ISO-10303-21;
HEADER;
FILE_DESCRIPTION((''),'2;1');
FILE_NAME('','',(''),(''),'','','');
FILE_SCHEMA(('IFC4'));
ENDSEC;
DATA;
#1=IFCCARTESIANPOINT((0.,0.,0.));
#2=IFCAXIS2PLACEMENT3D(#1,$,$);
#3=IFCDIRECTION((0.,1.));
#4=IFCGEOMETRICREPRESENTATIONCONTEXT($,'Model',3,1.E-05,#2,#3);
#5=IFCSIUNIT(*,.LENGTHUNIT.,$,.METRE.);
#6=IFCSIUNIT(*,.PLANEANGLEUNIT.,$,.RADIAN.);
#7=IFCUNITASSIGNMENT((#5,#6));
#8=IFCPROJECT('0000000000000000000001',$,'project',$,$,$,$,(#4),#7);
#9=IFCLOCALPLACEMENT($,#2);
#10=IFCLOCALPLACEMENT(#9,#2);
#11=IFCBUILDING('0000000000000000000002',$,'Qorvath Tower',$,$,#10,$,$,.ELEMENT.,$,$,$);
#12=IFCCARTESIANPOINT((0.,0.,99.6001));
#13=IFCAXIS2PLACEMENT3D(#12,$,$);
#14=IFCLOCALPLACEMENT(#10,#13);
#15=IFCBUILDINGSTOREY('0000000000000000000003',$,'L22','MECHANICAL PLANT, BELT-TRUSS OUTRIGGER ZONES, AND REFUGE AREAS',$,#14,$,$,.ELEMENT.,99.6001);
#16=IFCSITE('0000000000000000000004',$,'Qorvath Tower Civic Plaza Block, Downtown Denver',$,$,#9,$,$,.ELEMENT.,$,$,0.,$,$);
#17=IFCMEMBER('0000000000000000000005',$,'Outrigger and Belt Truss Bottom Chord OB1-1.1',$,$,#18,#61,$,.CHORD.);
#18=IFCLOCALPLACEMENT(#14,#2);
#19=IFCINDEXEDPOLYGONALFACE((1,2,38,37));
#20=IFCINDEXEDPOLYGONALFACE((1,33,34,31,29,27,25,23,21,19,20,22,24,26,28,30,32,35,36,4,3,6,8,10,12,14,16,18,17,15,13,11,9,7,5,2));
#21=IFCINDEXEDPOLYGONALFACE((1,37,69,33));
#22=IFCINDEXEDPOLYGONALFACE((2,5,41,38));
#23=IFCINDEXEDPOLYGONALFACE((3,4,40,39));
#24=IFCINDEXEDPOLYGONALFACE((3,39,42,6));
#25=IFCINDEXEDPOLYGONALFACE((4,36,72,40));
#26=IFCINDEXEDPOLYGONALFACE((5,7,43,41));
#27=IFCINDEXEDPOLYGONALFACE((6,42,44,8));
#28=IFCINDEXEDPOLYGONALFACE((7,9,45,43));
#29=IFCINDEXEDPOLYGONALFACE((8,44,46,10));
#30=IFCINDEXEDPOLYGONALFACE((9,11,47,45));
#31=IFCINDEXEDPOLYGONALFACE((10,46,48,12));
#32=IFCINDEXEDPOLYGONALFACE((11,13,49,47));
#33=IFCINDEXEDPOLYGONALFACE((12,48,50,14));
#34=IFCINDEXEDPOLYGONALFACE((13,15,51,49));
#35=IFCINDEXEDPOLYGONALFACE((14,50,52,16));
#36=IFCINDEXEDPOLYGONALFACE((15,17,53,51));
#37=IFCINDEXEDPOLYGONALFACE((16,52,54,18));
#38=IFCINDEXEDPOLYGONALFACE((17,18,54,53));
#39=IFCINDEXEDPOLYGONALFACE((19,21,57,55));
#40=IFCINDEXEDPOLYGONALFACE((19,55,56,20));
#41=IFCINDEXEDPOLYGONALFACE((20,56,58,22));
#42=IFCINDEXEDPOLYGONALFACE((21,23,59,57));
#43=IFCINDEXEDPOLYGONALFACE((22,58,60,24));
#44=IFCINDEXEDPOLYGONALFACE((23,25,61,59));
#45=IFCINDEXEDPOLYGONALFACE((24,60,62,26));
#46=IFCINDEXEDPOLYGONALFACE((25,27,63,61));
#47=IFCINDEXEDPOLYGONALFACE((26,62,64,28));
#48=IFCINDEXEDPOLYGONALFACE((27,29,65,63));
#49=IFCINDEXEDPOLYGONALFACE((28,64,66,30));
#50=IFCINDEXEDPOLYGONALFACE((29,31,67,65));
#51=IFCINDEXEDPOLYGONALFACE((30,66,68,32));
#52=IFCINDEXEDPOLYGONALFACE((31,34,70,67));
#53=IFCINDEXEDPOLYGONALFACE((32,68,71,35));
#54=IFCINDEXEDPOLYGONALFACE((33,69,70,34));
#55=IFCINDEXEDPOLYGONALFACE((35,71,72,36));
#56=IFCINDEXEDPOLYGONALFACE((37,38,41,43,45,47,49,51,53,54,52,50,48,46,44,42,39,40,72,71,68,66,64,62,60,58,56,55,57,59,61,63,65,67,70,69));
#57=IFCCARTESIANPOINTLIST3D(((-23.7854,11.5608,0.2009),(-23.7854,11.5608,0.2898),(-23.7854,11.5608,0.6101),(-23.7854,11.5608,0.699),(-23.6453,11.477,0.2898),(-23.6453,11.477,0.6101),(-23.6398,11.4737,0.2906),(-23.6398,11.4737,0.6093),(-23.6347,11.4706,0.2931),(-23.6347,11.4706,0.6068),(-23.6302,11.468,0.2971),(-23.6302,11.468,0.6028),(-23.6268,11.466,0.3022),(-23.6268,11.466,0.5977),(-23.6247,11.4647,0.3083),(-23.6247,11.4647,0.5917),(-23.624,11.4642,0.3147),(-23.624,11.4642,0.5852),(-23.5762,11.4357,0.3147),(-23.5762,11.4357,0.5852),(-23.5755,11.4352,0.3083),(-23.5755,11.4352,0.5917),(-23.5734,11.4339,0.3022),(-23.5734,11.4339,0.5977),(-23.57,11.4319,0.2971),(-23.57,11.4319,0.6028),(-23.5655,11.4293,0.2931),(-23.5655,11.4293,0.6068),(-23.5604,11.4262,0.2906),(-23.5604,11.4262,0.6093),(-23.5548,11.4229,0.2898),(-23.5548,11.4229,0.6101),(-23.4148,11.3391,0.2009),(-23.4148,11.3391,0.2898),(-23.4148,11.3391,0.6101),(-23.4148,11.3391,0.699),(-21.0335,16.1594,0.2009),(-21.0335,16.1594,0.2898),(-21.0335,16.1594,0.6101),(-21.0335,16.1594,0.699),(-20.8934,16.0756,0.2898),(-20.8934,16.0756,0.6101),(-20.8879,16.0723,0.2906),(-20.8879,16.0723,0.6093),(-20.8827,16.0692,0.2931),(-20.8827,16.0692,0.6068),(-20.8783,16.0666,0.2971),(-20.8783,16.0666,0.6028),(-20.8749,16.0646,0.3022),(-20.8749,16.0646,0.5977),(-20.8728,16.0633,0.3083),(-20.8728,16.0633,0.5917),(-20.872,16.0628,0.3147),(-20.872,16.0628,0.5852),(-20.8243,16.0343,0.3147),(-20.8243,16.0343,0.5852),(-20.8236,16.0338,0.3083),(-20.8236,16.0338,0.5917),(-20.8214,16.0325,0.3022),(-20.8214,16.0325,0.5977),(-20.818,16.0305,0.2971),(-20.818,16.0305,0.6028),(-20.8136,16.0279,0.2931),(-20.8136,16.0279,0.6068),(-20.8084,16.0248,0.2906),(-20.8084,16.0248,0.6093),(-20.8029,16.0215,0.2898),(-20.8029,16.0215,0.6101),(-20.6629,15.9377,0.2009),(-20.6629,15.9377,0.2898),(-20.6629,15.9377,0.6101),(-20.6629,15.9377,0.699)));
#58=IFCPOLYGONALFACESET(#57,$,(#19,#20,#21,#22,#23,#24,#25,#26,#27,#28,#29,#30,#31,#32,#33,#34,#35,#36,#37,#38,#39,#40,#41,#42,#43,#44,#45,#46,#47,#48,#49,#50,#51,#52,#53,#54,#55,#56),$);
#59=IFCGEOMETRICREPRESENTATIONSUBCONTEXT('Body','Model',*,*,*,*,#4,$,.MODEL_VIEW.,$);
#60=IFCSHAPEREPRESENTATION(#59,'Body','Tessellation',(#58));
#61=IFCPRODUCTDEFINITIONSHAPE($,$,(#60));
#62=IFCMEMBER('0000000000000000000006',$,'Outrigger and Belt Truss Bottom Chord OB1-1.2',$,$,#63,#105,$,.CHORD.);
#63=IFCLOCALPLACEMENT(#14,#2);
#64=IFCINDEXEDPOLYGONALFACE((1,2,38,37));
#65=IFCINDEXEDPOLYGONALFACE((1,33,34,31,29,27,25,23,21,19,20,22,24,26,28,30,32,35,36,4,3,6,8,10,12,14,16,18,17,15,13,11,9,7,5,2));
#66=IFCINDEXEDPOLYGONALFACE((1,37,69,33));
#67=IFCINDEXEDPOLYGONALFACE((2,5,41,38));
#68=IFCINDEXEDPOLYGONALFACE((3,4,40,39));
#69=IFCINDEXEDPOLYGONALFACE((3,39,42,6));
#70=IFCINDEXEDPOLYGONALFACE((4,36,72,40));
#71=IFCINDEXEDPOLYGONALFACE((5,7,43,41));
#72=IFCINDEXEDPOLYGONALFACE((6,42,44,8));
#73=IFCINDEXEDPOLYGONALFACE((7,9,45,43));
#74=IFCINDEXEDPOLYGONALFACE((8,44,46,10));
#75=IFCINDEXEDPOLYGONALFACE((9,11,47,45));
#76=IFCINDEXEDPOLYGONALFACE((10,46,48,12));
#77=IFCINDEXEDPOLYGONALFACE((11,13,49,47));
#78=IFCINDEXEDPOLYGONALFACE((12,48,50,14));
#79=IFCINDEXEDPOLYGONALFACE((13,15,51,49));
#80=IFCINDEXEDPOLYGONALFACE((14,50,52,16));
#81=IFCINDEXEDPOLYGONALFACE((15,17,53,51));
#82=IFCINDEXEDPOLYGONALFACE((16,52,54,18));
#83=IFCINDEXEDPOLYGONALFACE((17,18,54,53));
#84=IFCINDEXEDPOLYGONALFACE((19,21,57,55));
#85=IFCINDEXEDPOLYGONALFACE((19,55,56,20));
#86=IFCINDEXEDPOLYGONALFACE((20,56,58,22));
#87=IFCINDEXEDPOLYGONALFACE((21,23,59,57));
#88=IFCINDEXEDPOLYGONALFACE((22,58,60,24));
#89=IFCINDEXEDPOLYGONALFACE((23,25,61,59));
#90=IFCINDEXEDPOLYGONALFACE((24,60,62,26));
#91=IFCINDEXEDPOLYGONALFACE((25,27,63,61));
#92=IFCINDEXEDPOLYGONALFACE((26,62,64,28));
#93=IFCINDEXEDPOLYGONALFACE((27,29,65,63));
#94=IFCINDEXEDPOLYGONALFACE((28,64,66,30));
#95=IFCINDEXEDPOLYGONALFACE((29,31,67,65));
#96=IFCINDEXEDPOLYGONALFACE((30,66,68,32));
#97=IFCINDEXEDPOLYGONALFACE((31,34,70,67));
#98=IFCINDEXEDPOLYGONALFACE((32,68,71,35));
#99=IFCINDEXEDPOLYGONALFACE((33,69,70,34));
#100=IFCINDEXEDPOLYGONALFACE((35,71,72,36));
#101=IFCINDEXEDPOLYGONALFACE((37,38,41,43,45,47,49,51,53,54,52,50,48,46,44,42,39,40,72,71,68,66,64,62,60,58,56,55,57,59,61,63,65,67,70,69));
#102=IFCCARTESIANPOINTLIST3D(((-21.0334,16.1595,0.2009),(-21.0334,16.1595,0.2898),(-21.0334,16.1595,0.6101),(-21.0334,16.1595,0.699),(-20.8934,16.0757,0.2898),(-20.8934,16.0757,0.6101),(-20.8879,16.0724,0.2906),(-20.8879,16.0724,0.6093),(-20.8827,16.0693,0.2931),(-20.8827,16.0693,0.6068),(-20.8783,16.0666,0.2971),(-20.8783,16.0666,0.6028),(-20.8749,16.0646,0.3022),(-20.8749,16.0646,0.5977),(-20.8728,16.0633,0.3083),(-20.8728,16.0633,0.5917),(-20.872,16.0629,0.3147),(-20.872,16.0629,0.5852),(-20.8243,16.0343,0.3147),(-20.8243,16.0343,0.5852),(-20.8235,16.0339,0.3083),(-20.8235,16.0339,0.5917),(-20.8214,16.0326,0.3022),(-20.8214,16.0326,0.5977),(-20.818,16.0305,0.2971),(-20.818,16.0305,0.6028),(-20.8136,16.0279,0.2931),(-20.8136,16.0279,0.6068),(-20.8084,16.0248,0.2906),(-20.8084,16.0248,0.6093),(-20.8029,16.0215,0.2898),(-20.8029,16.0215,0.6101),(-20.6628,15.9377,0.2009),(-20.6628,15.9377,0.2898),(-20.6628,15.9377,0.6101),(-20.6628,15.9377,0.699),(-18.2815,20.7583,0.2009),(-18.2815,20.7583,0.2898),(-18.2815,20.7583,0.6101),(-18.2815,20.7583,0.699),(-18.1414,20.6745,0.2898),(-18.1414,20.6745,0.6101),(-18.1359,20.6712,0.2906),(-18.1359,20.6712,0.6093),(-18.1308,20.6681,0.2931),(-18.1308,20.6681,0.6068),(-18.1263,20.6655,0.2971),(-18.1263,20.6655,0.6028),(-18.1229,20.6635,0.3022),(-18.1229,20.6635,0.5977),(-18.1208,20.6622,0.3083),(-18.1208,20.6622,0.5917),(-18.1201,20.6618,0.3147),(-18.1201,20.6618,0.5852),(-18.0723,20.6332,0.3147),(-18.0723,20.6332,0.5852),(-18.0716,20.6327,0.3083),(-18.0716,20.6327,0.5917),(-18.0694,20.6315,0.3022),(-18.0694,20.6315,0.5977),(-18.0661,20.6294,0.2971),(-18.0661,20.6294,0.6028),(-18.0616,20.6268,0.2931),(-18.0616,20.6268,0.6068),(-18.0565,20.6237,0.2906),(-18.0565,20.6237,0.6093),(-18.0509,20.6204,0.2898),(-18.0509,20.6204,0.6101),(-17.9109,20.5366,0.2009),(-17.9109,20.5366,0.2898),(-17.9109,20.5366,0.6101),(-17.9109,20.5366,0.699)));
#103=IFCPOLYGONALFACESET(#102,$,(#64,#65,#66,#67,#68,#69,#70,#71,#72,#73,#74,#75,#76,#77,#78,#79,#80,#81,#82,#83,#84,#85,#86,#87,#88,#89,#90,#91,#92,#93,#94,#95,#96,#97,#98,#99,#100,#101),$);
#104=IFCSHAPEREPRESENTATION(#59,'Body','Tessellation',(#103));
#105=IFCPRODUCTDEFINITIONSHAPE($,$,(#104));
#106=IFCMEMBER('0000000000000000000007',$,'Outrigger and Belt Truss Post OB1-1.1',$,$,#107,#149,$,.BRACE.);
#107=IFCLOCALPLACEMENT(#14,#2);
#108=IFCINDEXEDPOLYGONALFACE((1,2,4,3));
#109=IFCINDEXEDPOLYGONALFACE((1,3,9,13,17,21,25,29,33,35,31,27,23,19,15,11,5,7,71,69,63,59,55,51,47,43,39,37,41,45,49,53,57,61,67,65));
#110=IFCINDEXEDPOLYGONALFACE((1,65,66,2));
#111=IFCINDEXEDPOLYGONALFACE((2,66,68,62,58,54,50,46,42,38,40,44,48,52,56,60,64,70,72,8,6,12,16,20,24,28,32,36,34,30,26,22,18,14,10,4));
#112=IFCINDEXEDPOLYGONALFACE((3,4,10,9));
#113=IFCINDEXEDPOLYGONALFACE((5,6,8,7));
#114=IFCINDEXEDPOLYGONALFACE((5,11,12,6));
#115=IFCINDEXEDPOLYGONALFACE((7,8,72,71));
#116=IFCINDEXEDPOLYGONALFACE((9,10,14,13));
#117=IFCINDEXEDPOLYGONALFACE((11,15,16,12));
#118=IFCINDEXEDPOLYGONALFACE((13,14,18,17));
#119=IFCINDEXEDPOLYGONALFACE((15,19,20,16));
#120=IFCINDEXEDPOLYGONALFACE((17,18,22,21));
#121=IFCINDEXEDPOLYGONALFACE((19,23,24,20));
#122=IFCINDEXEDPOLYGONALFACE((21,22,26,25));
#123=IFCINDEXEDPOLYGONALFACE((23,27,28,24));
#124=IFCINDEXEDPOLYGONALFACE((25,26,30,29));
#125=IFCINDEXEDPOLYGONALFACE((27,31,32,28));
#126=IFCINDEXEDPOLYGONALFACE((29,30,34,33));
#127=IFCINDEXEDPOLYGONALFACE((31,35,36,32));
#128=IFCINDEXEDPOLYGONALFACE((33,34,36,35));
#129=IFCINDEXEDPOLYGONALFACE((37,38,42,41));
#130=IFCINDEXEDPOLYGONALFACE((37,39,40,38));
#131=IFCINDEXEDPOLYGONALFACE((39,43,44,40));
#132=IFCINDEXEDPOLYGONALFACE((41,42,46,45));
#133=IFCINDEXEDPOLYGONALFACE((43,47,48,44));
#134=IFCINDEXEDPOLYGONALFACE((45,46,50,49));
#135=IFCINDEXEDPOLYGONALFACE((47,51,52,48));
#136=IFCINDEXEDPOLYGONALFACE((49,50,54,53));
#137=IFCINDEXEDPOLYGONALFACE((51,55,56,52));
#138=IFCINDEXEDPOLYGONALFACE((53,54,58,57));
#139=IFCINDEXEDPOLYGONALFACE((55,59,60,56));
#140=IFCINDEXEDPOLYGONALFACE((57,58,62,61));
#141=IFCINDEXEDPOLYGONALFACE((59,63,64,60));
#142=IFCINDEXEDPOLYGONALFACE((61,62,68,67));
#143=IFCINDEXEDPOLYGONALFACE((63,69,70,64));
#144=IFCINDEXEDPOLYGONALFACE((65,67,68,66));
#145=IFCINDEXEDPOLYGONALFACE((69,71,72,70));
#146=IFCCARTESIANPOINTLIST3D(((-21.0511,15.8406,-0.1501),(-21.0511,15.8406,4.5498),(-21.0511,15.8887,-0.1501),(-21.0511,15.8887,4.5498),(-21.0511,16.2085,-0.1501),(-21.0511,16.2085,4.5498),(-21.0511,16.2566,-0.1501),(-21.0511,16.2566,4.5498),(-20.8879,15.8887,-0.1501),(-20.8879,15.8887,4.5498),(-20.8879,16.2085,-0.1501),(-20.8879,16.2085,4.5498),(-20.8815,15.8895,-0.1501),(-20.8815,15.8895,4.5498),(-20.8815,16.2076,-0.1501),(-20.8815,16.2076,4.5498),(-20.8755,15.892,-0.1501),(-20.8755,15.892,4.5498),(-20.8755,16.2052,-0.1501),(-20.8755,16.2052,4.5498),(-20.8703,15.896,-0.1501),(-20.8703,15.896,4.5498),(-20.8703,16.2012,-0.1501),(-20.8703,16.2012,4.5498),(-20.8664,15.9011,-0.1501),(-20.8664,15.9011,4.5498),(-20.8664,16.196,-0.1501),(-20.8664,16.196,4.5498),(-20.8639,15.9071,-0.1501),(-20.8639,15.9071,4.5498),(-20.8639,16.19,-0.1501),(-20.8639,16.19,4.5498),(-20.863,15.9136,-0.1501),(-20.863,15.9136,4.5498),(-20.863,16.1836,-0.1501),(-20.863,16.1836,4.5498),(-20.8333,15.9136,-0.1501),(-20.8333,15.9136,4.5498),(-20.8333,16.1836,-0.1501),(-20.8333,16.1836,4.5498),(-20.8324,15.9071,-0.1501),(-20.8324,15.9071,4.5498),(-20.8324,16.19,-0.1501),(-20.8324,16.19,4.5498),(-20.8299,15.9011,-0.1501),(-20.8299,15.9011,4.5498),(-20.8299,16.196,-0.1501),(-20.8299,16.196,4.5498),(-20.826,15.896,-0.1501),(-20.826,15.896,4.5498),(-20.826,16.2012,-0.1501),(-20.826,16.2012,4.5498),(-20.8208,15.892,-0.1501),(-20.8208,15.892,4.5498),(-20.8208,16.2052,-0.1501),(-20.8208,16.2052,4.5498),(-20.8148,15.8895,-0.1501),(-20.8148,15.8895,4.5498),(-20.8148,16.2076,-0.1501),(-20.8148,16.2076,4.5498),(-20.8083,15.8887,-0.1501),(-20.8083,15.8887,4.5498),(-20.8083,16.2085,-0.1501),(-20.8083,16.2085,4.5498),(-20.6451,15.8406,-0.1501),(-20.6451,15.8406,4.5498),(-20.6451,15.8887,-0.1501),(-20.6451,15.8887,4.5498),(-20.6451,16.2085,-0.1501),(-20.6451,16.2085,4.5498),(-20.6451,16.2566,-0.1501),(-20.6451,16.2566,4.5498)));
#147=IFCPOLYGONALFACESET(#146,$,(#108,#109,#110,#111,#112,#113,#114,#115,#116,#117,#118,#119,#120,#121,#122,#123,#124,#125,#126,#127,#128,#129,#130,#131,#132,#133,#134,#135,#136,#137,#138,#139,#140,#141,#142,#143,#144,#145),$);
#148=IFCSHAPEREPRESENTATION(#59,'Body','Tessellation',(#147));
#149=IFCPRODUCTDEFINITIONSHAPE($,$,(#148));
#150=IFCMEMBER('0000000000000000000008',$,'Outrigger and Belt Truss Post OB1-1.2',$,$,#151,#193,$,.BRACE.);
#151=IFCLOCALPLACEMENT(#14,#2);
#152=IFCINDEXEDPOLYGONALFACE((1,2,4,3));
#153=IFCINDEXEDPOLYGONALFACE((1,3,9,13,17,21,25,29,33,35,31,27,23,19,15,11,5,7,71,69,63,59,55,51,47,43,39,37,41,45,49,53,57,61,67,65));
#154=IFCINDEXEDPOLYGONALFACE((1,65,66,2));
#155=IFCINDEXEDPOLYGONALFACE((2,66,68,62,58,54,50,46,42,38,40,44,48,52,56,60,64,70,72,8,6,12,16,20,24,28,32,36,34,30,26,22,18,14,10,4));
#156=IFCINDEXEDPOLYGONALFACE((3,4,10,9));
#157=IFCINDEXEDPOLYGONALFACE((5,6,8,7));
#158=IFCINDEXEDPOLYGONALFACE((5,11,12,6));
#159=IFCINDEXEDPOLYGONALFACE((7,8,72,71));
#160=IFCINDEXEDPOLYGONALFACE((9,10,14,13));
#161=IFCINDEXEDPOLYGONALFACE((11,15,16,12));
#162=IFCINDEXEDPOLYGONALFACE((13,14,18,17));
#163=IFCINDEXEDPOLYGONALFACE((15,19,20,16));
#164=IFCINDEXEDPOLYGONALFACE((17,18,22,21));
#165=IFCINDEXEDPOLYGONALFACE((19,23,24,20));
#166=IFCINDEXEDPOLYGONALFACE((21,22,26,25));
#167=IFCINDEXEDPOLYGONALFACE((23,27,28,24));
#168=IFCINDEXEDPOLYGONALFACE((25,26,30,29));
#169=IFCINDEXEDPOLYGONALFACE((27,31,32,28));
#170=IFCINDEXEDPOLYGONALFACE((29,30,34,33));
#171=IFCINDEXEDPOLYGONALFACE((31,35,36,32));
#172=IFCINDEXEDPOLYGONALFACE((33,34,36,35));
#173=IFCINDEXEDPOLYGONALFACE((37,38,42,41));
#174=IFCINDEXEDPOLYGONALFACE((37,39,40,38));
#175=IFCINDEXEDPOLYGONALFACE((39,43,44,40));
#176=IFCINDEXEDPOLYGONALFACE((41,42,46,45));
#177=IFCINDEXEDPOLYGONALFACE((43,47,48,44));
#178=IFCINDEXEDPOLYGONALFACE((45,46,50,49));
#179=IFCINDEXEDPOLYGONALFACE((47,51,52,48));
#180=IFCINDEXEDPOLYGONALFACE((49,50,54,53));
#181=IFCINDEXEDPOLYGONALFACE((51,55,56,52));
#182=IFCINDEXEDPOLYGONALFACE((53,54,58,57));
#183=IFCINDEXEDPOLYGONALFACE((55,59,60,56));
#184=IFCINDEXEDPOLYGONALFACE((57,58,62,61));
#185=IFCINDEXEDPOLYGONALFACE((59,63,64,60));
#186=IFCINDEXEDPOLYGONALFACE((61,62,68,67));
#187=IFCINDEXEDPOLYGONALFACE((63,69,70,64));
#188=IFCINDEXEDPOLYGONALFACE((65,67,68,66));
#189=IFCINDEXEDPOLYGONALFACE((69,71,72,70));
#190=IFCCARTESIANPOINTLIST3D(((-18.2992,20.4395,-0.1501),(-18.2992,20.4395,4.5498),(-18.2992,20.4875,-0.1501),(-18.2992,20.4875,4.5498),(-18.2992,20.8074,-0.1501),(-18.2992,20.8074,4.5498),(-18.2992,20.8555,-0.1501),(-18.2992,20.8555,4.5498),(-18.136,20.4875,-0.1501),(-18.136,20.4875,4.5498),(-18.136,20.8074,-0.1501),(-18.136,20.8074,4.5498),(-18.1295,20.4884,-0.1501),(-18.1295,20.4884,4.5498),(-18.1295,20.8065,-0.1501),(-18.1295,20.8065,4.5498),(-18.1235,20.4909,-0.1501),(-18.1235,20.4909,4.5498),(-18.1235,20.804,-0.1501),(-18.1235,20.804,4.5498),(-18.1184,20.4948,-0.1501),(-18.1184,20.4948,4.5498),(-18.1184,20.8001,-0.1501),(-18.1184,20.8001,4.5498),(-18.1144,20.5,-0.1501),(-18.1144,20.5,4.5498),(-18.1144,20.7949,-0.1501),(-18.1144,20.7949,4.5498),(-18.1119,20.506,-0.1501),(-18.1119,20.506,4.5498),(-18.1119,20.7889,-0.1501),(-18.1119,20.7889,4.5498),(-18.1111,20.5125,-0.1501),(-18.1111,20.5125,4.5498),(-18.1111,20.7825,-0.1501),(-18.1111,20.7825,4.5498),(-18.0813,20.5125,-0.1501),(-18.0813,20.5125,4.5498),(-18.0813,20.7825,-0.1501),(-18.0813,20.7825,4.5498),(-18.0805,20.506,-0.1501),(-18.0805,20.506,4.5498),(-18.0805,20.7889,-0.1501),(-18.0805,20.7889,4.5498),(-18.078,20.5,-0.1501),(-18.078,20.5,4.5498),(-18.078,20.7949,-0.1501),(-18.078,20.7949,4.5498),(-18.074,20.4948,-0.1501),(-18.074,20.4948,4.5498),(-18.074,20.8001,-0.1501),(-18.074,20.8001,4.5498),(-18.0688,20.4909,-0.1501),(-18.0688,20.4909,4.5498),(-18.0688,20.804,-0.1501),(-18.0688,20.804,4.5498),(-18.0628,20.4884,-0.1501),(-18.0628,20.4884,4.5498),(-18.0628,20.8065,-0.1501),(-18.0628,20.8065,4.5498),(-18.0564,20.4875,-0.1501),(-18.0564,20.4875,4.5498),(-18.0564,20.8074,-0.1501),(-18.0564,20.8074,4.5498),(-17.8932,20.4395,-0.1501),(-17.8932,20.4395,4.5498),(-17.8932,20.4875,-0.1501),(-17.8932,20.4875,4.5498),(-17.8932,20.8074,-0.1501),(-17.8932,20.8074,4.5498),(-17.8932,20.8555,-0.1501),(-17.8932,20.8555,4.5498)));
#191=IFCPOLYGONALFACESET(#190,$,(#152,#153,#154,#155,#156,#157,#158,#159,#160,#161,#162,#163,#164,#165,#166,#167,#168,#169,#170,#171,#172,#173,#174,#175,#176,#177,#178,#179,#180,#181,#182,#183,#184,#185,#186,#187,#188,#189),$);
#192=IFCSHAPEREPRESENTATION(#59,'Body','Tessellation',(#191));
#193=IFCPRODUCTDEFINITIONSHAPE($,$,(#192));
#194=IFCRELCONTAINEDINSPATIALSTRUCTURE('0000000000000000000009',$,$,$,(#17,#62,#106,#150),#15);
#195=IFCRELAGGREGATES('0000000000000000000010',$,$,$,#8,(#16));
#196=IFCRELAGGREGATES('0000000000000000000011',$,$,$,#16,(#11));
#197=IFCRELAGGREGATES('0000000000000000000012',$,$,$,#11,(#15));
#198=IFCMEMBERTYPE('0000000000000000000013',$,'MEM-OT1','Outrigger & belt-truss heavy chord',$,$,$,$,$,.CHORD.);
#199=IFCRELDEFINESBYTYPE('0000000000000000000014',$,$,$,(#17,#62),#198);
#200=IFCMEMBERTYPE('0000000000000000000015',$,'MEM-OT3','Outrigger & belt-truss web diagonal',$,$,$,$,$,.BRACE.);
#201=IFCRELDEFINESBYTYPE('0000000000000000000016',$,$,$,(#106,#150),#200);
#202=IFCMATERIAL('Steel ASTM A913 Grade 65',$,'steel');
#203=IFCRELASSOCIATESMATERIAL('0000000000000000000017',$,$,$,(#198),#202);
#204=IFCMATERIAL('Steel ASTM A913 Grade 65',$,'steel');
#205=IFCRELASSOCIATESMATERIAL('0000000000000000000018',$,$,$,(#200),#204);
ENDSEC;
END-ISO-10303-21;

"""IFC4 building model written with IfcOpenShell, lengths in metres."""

from ifc_helpers import new_model, si_unit, direction, frame, origin, origin_2d, place, context, subcontext, project, spatial, i_section, extrude, material, material_profile, profile_set, type_object, element, save


model = new_model("IFC4")

# Units and contexts
model_context = context("Model", 3, precision=1e-05, world=origin(), true_north=direction((0.0, 1.0)))
body_context = subcontext(model_context, "Body", "Model", "MODEL_VIEW")
ifc_project = project(units=[si_unit("LENGTHUNIT", "METRE"), si_unit("PLANEANGLEUNIT", "RADIAN")], contexts=[model_context])

# Site, building, storey
site_placement = place(None, origin())
site = spatial("IfcSite", under=ifc_project, at=site_placement, Name="Qorvath Tower Civic Plaza Block, Downtown Denver", CompositionType="ELEMENT", RefElevation=0.0)
building_placement = place(site_placement, origin())
building = spatial("IfcBuilding", under=site, at=building_placement, Name="Qorvath Tower", CompositionType="ELEMENT")
storey_placement = place(building_placement, frame((0.0, 0.0, 99.6001)))
storey = spatial("IfcBuildingStorey", under=building, at=storey_placement, Name="L22", Description="MECHANICAL PLANT, BELT-TRUSS OUTRIGGER ZONES, AND REFUGE AREAS", CompositionType="ELEMENT", Elevation=99.6001)

# Members
ifc_material_1 = material(Name="Steel ASTM A913 Grade 65", Category="steel")
ifc_material_profile_1 = material_profile(ifc_material_1, i_section(OverallWidth=0.4319, OverallDepth=0.498, WebThickness=0.0557, FlangeThickness=0.0889, FilletRadius=0.0249, at=origin_2d()), Name="W14x500")
ifc_profile_set_1 = profile_set([ifc_material_profile_1], Name="Steel ASTM A913 Grade 65")
member_type_1 = type_object("IfcMemberType", Name="MEM-OT1", Description="Outrigger & belt-truss heavy chord", PredefinedType="CHORD", material=ifc_profile_set_1)
member_1_placement = place(storey_placement, frame((-23.6001, 11.45, 0.45), z_axis=(0.513504, 0.858087, 0.0), x_axis=(-0.858087, 0.513504, 0.0)))
element("IfcMember", 1, at=member_1_placement, inside=storey, type_object=member_type_1, Name="Outrigger and Belt Truss Bottom Chord OB1-1.1", PredefinedType="CHORD", context=body_context, shape_type="SweptSolid", body=[
    extrude(i_section(OverallWidth=0.4319, OverallDepth=0.498, WebThickness=0.0557, FlangeThickness=0.0889, FilletRadius=0.0249, at=origin_2d()), origin(), (0.0, 0.0, 1.0), 5.3591),
])
member_2_placement = place(storey_placement, frame((-20.8481, 16.0486, 0.45), z_axis=(0.513484, 0.858099, 0.0), x_axis=(-0.858099, 0.513484, 0.0)))
element("IfcMember", 2, at=member_2_placement, inside=storey, type_object=member_type_1, Name="Outrigger and Belt Truss Bottom Chord OB1-1.2", PredefinedType="CHORD", context=body_context, shape_type="SweptSolid", body=[
    extrude(i_section(OverallWidth=0.4319, OverallDepth=0.498, WebThickness=0.0557, FlangeThickness=0.0889, FilletRadius=0.0249, at=origin_2d()), origin(), (0.0, 0.0, 1.0), 5.3594),
])
ifc_material_2 = material(Name="Steel ASTM A913 Grade 65", Category="steel")
ifc_material_profile_2 = material_profile(ifc_material_2, i_section(OverallWidth=0.406, OverallDepth=0.416, WebThickness=0.0298, FlangeThickness=0.0481, FilletRadius=0.0249, at=origin_2d()), Name="W14x257")
ifc_profile_set_2 = profile_set([ifc_material_profile_2], Name="Steel ASTM A913 Grade 65")
member_type_2 = type_object("IfcMemberType", Name="MEM-OT3", Description="Outrigger & belt-truss web diagonal", PredefinedType="BRACE", material=ifc_profile_set_2)
for number, where, z_axis, x_axis, name in (
    (3, (-20.8481, 16.0486, -0.1501), (0.0, 0.0, 1.0), (1.0, 0.0, 0.0), "Outrigger and Belt Truss Post OB1-1.1"),
    (4, (-18.0962, 20.6475, -0.1501), (0.0, 0.0, 1.0), (1.0, 0.0, 0.0), "Outrigger and Belt Truss Post OB1-1.2"),
):
    element("IfcMember", number, at=place(storey_placement, frame(where, z_axis=z_axis, x_axis=x_axis)), inside=storey, type_object=member_type_2, Name=name, PredefinedType="BRACE", context=body_context, shape_type="SweptSolid", body=[
        extrude(i_section(OverallWidth=0.406, OverallDepth=0.416, WebThickness=0.0298, FlangeThickness=0.0481, FilletRadius=0.0249, at=origin_2d()), origin(), (0.0, 0.0, 1.0), 4.7),
    ])

save(model, "model.ifc")
